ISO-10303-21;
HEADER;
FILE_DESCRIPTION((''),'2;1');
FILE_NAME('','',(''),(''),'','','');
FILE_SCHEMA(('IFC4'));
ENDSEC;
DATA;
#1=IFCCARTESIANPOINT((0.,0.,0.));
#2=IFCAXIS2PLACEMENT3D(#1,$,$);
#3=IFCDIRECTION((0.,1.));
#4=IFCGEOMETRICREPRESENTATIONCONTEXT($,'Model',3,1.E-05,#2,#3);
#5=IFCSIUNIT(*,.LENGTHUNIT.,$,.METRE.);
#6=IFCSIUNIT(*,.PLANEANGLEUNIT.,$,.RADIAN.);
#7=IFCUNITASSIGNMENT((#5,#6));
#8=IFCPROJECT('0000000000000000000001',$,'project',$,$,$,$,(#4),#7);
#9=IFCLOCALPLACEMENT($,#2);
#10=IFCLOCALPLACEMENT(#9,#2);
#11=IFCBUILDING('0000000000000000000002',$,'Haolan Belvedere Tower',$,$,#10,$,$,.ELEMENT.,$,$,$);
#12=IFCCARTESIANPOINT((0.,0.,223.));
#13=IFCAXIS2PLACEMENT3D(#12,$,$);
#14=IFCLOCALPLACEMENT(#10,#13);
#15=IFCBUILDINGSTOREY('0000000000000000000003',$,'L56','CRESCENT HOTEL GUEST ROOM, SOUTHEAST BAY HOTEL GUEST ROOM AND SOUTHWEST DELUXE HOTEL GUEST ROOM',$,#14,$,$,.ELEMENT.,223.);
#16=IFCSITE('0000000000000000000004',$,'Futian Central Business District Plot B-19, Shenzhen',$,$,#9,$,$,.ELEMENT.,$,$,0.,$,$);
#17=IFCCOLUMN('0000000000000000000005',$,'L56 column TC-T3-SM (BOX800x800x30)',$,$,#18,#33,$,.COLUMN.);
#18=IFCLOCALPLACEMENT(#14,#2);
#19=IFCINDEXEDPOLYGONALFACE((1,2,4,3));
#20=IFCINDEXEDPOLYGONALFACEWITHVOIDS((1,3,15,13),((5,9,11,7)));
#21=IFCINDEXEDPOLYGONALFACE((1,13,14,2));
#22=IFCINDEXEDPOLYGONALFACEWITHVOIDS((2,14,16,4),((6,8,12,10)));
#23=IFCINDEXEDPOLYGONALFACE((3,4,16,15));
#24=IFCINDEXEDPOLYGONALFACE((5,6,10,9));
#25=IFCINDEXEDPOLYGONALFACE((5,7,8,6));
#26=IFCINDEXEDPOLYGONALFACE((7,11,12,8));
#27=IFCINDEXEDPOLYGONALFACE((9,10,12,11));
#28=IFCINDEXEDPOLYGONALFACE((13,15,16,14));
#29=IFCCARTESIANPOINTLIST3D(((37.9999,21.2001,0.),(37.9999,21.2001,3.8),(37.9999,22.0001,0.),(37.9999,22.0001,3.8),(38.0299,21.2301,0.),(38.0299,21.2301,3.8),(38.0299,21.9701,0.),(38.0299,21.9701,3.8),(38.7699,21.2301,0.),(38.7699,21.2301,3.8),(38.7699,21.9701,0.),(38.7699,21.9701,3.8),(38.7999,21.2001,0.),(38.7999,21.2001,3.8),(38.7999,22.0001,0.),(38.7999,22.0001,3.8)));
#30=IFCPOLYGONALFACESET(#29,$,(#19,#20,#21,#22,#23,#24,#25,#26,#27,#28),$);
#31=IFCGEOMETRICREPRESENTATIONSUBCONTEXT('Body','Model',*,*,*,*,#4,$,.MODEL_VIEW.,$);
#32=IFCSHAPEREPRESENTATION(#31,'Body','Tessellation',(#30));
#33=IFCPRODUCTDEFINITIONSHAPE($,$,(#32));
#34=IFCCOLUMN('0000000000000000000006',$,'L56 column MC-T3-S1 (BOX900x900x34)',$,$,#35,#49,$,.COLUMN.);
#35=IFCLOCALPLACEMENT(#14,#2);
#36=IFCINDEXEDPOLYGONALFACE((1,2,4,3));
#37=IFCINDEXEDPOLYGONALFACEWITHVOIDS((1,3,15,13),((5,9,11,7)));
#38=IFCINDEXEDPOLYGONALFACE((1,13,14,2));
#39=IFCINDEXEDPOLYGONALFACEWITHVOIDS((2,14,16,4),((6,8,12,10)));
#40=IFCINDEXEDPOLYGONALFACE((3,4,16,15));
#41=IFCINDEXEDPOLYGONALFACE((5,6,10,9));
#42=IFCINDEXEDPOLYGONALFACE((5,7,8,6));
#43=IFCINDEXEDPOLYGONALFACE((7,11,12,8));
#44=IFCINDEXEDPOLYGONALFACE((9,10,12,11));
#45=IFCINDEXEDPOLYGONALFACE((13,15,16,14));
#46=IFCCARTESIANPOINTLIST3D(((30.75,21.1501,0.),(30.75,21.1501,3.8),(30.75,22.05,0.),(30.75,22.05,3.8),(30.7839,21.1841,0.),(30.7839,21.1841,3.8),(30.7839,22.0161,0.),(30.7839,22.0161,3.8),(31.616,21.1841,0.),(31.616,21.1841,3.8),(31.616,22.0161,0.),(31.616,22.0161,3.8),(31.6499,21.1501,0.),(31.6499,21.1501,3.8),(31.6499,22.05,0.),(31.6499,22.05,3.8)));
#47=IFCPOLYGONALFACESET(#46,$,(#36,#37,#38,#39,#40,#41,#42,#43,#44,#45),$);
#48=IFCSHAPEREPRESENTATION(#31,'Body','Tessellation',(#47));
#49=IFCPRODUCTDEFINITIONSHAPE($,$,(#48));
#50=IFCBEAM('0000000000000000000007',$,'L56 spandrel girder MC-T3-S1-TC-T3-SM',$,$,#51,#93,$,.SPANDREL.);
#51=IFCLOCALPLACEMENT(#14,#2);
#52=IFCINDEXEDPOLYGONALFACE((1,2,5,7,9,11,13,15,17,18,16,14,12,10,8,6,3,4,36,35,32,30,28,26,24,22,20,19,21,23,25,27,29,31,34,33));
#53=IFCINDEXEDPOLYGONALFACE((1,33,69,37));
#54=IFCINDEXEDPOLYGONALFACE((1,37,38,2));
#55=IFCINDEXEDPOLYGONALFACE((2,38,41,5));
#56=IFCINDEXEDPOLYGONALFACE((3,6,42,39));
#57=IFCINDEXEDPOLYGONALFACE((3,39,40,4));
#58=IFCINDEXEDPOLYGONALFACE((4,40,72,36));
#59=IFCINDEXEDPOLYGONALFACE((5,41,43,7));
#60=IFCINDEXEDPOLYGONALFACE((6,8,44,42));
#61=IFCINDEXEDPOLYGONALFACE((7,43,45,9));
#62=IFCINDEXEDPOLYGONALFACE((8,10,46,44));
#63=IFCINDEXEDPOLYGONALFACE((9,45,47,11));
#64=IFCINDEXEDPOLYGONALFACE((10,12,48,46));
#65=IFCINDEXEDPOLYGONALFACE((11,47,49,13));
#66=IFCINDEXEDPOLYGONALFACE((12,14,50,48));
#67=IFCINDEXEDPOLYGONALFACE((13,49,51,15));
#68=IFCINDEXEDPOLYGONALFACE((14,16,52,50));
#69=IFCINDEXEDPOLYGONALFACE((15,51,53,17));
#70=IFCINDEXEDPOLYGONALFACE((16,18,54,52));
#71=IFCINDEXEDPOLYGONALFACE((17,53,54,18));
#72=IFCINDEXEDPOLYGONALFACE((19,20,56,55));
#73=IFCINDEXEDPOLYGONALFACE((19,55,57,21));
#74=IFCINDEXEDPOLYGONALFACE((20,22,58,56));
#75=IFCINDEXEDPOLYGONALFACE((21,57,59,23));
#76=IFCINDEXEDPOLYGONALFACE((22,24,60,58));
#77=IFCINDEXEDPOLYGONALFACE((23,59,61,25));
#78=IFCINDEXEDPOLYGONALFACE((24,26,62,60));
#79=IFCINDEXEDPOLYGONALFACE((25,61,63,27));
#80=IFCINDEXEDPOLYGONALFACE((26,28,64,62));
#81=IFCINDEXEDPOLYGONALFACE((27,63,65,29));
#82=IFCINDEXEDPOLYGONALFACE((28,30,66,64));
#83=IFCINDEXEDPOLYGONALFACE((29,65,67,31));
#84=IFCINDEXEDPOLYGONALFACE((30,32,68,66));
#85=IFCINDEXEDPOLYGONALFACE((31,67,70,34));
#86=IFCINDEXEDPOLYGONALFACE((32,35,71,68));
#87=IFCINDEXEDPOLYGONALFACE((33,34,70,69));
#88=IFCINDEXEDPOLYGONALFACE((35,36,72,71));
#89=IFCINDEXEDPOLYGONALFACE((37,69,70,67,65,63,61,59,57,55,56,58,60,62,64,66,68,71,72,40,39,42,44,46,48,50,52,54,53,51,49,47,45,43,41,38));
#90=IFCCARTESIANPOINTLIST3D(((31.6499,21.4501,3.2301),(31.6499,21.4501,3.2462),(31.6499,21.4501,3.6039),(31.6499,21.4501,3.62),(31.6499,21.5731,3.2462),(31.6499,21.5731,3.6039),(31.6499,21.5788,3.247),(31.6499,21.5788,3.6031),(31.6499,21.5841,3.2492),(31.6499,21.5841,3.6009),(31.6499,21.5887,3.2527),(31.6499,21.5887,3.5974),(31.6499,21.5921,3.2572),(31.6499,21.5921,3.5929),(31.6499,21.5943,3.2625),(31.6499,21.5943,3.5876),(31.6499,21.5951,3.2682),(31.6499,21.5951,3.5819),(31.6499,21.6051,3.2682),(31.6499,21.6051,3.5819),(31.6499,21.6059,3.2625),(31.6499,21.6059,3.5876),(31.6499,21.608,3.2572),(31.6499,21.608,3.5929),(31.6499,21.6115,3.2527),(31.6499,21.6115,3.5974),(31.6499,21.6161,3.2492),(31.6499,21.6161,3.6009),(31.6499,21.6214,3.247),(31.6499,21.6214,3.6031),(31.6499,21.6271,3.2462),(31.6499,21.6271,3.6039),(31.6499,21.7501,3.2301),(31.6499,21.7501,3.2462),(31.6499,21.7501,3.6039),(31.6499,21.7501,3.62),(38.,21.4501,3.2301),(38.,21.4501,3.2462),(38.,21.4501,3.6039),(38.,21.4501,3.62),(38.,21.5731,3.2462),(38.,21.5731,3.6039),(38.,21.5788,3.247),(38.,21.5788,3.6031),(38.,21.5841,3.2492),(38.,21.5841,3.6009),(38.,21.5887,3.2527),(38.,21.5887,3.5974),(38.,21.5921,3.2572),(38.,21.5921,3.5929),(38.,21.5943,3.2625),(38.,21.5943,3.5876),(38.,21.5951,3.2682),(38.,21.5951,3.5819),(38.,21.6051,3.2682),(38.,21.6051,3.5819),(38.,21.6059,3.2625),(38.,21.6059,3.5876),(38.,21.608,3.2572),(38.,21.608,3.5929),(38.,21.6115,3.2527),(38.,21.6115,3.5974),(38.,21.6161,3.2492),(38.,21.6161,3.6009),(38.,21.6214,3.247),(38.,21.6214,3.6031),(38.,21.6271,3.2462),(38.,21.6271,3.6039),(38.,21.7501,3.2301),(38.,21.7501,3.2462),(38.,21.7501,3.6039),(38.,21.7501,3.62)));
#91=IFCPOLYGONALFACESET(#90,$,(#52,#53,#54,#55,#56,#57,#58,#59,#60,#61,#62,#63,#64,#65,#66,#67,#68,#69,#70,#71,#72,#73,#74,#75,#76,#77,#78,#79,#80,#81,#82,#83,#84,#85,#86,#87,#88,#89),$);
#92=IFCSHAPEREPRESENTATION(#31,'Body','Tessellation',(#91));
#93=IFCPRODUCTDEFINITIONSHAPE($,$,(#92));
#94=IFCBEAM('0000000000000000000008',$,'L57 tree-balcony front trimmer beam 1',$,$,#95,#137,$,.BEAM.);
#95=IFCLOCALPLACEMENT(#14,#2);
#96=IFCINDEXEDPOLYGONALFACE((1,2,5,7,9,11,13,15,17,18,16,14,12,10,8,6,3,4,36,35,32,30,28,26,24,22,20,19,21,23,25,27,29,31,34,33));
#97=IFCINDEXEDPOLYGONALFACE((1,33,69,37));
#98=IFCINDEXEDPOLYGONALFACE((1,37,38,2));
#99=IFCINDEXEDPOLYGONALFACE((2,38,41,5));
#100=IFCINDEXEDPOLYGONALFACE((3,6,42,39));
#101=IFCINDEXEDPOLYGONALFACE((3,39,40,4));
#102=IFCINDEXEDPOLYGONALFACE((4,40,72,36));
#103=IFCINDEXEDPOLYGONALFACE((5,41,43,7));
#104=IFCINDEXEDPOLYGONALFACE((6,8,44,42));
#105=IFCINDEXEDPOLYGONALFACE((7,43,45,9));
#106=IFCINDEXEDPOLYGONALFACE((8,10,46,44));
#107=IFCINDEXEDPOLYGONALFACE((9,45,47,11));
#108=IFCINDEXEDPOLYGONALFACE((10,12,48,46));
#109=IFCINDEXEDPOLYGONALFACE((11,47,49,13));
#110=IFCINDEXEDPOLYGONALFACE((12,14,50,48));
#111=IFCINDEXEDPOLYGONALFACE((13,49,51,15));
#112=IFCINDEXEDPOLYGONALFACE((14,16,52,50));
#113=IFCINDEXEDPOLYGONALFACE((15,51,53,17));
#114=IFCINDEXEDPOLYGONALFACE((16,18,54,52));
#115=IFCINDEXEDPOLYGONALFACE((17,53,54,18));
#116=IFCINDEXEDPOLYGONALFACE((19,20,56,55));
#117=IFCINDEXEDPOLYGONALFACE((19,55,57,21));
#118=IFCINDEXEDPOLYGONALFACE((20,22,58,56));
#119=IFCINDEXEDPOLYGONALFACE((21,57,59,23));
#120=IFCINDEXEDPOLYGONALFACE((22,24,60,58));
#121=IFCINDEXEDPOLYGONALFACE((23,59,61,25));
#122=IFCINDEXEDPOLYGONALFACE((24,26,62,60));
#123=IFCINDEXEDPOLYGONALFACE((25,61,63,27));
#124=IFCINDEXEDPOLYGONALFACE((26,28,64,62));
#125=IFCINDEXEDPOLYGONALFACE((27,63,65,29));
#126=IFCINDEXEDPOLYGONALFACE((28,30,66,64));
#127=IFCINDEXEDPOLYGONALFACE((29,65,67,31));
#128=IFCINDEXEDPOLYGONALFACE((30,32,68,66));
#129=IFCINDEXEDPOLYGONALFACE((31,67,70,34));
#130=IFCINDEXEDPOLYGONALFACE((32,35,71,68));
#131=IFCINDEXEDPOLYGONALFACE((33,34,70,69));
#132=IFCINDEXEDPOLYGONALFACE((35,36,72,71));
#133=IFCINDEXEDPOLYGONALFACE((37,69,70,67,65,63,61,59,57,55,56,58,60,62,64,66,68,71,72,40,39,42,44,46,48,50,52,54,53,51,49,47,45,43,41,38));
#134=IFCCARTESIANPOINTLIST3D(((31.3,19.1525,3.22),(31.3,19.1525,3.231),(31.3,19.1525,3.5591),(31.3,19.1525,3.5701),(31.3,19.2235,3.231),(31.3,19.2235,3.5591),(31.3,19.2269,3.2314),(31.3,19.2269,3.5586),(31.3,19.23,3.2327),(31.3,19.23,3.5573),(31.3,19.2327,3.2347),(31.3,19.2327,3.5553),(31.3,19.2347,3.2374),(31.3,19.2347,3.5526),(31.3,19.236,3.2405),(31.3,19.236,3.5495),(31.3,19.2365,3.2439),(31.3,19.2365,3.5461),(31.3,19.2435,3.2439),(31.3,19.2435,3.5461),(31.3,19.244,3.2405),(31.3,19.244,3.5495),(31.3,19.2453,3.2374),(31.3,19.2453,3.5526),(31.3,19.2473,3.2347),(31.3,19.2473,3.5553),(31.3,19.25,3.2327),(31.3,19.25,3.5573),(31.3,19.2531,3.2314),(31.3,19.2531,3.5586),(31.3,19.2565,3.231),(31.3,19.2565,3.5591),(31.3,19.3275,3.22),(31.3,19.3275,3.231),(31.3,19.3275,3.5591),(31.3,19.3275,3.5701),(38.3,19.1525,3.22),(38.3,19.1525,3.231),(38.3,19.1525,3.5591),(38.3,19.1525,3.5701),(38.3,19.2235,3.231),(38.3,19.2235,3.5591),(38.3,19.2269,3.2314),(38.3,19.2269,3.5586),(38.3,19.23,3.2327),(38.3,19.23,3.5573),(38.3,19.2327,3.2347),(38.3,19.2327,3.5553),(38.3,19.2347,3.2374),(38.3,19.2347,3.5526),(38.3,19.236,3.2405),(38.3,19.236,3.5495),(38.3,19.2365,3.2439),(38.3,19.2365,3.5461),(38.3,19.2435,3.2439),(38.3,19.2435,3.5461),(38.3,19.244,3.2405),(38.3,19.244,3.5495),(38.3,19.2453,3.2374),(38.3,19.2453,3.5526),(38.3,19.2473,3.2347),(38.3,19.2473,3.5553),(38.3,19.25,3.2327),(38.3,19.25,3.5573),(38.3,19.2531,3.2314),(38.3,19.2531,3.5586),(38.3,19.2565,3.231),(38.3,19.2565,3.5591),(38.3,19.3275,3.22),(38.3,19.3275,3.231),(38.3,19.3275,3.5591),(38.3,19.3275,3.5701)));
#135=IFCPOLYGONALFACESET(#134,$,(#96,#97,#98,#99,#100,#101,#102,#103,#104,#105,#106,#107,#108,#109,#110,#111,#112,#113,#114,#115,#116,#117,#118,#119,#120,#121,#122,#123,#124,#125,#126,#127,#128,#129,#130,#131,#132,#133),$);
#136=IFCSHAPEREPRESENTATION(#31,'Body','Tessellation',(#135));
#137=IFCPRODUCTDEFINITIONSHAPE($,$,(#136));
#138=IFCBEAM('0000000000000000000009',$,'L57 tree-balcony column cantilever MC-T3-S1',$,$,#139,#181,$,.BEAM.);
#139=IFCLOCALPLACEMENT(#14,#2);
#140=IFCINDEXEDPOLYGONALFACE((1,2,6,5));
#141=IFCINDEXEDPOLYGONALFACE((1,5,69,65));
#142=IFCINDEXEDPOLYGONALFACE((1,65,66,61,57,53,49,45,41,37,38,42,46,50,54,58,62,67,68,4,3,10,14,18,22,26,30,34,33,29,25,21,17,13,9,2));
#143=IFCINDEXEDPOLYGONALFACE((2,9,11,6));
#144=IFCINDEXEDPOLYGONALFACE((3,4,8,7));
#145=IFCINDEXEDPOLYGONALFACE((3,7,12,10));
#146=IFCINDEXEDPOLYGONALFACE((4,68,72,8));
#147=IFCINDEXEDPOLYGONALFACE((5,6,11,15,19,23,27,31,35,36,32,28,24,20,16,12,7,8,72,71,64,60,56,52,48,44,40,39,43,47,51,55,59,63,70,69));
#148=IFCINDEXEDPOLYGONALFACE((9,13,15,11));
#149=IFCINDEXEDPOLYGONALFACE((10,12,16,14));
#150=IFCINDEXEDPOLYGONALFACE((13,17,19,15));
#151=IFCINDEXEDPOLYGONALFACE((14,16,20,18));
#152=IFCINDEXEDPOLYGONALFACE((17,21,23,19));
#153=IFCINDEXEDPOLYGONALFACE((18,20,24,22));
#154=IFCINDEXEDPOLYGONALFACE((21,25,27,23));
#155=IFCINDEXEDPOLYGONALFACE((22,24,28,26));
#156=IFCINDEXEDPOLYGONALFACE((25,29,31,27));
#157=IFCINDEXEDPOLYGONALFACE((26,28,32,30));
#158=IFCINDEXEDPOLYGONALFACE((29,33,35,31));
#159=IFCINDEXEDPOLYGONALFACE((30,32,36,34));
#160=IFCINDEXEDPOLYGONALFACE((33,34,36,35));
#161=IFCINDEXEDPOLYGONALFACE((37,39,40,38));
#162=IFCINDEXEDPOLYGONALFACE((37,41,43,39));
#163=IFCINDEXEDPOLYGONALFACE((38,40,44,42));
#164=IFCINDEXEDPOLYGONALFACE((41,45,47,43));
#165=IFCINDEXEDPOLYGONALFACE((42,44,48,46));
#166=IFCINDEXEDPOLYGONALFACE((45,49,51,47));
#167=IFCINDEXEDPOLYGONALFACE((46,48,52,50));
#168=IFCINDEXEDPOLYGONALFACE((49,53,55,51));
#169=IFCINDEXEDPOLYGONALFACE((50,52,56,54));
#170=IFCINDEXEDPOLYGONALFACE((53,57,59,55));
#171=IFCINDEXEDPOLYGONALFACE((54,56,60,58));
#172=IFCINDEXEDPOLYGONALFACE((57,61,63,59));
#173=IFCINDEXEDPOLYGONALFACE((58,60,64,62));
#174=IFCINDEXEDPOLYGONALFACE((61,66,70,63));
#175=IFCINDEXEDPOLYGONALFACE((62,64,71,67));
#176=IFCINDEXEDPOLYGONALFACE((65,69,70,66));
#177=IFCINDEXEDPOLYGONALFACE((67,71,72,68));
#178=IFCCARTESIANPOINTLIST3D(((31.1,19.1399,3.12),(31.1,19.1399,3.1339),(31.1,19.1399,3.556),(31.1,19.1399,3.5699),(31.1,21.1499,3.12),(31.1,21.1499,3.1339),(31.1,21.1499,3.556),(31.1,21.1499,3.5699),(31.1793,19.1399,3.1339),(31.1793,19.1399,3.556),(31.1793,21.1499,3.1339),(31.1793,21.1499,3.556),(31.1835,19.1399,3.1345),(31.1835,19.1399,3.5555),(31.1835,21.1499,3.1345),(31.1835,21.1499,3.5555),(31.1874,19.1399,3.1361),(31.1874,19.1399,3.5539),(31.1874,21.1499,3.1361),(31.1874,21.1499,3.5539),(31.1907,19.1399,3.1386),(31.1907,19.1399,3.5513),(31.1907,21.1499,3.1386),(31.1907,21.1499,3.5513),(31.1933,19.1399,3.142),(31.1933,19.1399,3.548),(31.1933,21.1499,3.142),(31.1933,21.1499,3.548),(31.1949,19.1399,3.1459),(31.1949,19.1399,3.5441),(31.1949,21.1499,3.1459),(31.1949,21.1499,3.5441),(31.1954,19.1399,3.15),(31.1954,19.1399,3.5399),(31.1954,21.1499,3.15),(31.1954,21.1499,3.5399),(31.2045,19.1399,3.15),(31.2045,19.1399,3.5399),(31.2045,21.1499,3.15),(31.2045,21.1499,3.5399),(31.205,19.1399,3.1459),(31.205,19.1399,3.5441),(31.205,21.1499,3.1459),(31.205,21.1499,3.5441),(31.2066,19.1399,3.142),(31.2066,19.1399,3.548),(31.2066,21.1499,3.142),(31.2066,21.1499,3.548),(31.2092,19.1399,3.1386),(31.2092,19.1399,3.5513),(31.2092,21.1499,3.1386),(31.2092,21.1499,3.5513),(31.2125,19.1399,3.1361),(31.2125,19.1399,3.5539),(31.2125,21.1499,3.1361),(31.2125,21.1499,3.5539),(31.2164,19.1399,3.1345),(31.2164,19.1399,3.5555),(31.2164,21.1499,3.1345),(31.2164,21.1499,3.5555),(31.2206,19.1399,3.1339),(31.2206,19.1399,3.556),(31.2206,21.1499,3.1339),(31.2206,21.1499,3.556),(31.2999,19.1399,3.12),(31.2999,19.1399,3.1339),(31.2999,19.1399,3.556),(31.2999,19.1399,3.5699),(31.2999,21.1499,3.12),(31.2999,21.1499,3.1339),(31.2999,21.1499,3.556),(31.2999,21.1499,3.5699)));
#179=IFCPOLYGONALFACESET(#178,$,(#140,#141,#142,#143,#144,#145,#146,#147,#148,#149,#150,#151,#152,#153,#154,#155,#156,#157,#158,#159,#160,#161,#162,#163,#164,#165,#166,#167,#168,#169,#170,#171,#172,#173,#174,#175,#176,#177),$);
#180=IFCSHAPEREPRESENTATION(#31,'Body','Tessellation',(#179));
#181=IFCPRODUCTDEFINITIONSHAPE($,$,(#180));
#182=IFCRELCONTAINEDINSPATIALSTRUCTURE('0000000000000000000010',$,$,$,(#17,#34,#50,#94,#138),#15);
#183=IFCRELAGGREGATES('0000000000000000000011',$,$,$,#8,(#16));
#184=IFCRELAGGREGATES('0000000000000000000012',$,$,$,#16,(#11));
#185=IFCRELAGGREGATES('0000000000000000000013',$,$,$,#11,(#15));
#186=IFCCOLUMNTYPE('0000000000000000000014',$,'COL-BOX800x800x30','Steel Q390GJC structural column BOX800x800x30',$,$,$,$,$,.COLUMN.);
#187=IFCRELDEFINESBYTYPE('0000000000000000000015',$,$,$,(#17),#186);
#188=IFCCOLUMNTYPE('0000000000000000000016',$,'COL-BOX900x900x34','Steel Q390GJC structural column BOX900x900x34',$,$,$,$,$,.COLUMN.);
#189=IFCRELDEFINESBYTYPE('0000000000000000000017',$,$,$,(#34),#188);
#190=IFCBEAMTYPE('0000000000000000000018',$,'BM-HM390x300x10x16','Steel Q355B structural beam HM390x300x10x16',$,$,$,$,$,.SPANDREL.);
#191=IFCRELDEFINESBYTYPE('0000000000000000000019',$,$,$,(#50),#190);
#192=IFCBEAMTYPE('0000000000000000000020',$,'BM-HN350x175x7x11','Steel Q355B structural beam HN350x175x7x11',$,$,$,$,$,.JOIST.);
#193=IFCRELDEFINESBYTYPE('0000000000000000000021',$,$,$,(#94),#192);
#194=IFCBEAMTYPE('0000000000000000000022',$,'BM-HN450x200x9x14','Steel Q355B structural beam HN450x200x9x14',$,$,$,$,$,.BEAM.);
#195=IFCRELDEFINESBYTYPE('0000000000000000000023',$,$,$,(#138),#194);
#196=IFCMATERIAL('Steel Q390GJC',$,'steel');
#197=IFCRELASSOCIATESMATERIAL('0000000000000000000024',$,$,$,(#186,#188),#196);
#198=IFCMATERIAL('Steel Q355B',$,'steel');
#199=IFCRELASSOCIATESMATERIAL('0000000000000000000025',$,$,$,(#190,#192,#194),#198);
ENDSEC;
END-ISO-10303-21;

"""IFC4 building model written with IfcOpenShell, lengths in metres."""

from ifc_helpers import new_model, si_unit, direction, frame, origin, origin_2d, place, context, subcontext, project, spatial, hollow_rectangle, i_section, extrude, material, material_profile, profile_set, type_object, element, save


model = new_model("IFC4")

# Units and contexts
model_context = context("Model", 3, precision=1e-05, world=origin(), true_north=direction((0.0, 1.0)))
body_context = subcontext(model_context, "Body", "Model", "MODEL_VIEW")
ifc_project = project(units=[si_unit("LENGTHUNIT", "METRE"), si_unit("PLANEANGLEUNIT", "RADIAN")], contexts=[model_context])

# Site, building, storey
site_placement = place(None, origin())
site = spatial("IfcSite", under=ifc_project, at=site_placement, Name="Futian Central Business District Plot B-19, Shenzhen", CompositionType="ELEMENT", RefElevation=0.0)
building_placement = place(site_placement, origin())
building = spatial("IfcBuilding", under=site, at=building_placement, Name="Haolan Belvedere Tower", CompositionType="ELEMENT")
storey_placement = place(building_placement, frame((0.0, 0.0, 223.0)))
storey = spatial("IfcBuildingStorey", under=building, at=storey_placement, Name="L56", Description="CRESCENT HOTEL GUEST ROOM, SOUTHEAST BAY HOTEL GUEST ROOM AND SOUTHWEST DELUXE HOTEL GUEST ROOM", CompositionType="ELEMENT", Elevation=223.0)

# Columns
ifc_material_1 = material(Name="Steel Q390GJC", Category="steel")
ifc_material_profile_1 = material_profile(ifc_material_1, hollow_rectangle(XDim=0.8, YDim=0.8, WallThickness=0.03, at=origin_2d()), Name="Steel Q390GJC")
ifc_profile_set_1 = profile_set([ifc_material_profile_1], Name="Steel Q390GJC")
column_type_1 = type_object("IfcColumnType", Name="COL-BOX800x800x30", Description="Steel Q390GJC structural column BOX800x800x30", PredefinedType="COLUMN", material=ifc_profile_set_1)
column_1_placement = place(storey_placement, frame((38.3999, 21.6001, 0.0), z_axis=(0.0, 0.0, 1.0), x_axis=(1.0, 0.0, 0.0)))
element("IfcColumn", 1, at=column_1_placement, inside=storey, type_object=column_type_1, Name="L56 column TC-T3-SM (BOX800x800x30)", PredefinedType="COLUMN", context=body_context, shape_type="SweptSolid", body=[
    extrude(hollow_rectangle(XDim=0.8, YDim=0.8, WallThickness=0.03, at=origin_2d()), origin(), (0.0, 0.0, 1.0), 3.8),
])
ifc_material_profile_2 = material_profile(ifc_material_1, hollow_rectangle(XDim=0.8999, YDim=0.8999, WallThickness=0.0339, at=origin_2d()), Name="Steel Q390GJC")
ifc_profile_set_2 = profile_set([ifc_material_profile_2], Name="Steel Q390GJC")
column_type_2 = type_object("IfcColumnType", Name="COL-BOX900x900x34", Description="Steel Q390GJC structural column BOX900x900x34", PredefinedType="COLUMN", material=ifc_profile_set_2)
column_2_placement = place(storey_placement, frame((31.2, 21.6001, 0.0), z_axis=(0.0, 0.0, 1.0), x_axis=(1.0, 0.0, 0.0)))
element("IfcColumn", 2, at=column_2_placement, inside=storey, type_object=column_type_2, Name="L56 column MC-T3-S1 (BOX900x900x34)", PredefinedType="COLUMN", context=body_context, shape_type="SweptSolid", body=[
    extrude(hollow_rectangle(XDim=0.8999, YDim=0.8999, WallThickness=0.0339, at=origin_2d()), origin(), (0.0, 0.0, 1.0), 3.8),
])

# Beams
ifc_material_2 = material(Name="Steel Q355B", Category="steel")
ifc_material_profile_3 = material_profile(ifc_material_2, i_section(OverallWidth=0.3, OverallDepth=0.3899, WebThickness=0.01, FlangeThickness=0.0161, FilletRadius=0.022, at=origin_2d()), Name="Steel Q355B")
ifc_profile_set_3 = profile_set([ifc_material_profile_3], Name="Steel Q355B")
beam_type_1 = type_object("IfcBeamType", Name="BM-HM390x300x10x16", Description="Steel Q355B structural beam HM390x300x10x16", PredefinedType="SPANDREL", material=ifc_profile_set_3)
beam_1_placement = place(storey_placement, frame((31.6499, 21.6001, 3.425), z_axis=(1.0, 0.0, 0.0), x_axis=(0.0, 1.0, 0.0)))
element("IfcBeam", 3, at=beam_1_placement, inside=storey, type_object=beam_type_1, Name="L56 spandrel girder MC-T3-S1-TC-T3-SM", PredefinedType="SPANDREL", context=body_context, shape_type="SweptSolid", body=[
    extrude(i_section(OverallWidth=0.3, OverallDepth=0.3899, WebThickness=0.01, FlangeThickness=0.0161, FilletRadius=0.022, at=origin_2d()), origin(), (0.0, 0.0, 1.0), 6.3501),
])
ifc_material_profile_4 = material_profile(ifc_material_2, i_section(OverallWidth=0.175, OverallDepth=0.3501, WebThickness=0.0071, FlangeThickness=0.011, FilletRadius=0.0129, at=origin_2d()), Name="Steel Q355B")
ifc_profile_set_4 = profile_set([ifc_material_profile_4], Name="Steel Q355B")
beam_type_2 = type_object("IfcBeamType", Name="BM-HN350x175x7x11", Description="Steel Q355B structural beam HN350x175x7x11", PredefinedType="JOIST", material=ifc_profile_set_4)
beam_2_placement = place(storey_placement, frame((31.3, 19.24, 3.395), z_axis=(1.0, 0.0, 0.0), x_axis=(0.0, 1.0, 0.0)))
element("IfcBeam", 4, at=beam_2_placement, inside=storey, type_object=beam_type_2, Name="L57 tree-balcony front trimmer beam 1", PredefinedType="BEAM", context=body_context, shape_type="SweptSolid", body=[
    extrude(i_section(OverallWidth=0.175, OverallDepth=0.3501, WebThickness=0.0071, FlangeThickness=0.011, FilletRadius=0.0129, at=origin_2d()), origin(), (0.0, 0.0, 1.0), 7.0),
])
ifc_material_profile_5 = material_profile(ifc_material_2, i_section(OverallWidth=0.2, OverallDepth=0.45, WebThickness=0.009, FlangeThickness=0.0139, FilletRadius=0.0161, at=origin_2d()), Name="Steel Q355B")
ifc_profile_set_5 = profile_set([ifc_material_profile_5], Name="Steel Q355B")
beam_type_3 = type_object("IfcBeamType", Name="BM-HN450x200x9x14", Description="Steel Q355B structural beam HN450x200x9x14", PredefinedType="BEAM", material=ifc_profile_set_5)
beam_3_placement = place(storey_placement, frame((31.2, 21.1499, 3.345), z_axis=(0.0, -1.0, 0.0), x_axis=(1.0, 0.0, 0.0)))
element("IfcBeam", 5, at=beam_3_placement, inside=storey, type_object=beam_type_3, Name="L57 tree-balcony column cantilever MC-T3-S1", PredefinedType="BEAM", context=body_context, shape_type="SweptSolid", body=[
    extrude(i_section(OverallWidth=0.2, OverallDepth=0.45, WebThickness=0.009, FlangeThickness=0.0139, FilletRadius=0.0161, at=origin_2d()), origin(), (0.0, 0.0, 1.0), 2.01),
])

save(model, "model.ifc")
